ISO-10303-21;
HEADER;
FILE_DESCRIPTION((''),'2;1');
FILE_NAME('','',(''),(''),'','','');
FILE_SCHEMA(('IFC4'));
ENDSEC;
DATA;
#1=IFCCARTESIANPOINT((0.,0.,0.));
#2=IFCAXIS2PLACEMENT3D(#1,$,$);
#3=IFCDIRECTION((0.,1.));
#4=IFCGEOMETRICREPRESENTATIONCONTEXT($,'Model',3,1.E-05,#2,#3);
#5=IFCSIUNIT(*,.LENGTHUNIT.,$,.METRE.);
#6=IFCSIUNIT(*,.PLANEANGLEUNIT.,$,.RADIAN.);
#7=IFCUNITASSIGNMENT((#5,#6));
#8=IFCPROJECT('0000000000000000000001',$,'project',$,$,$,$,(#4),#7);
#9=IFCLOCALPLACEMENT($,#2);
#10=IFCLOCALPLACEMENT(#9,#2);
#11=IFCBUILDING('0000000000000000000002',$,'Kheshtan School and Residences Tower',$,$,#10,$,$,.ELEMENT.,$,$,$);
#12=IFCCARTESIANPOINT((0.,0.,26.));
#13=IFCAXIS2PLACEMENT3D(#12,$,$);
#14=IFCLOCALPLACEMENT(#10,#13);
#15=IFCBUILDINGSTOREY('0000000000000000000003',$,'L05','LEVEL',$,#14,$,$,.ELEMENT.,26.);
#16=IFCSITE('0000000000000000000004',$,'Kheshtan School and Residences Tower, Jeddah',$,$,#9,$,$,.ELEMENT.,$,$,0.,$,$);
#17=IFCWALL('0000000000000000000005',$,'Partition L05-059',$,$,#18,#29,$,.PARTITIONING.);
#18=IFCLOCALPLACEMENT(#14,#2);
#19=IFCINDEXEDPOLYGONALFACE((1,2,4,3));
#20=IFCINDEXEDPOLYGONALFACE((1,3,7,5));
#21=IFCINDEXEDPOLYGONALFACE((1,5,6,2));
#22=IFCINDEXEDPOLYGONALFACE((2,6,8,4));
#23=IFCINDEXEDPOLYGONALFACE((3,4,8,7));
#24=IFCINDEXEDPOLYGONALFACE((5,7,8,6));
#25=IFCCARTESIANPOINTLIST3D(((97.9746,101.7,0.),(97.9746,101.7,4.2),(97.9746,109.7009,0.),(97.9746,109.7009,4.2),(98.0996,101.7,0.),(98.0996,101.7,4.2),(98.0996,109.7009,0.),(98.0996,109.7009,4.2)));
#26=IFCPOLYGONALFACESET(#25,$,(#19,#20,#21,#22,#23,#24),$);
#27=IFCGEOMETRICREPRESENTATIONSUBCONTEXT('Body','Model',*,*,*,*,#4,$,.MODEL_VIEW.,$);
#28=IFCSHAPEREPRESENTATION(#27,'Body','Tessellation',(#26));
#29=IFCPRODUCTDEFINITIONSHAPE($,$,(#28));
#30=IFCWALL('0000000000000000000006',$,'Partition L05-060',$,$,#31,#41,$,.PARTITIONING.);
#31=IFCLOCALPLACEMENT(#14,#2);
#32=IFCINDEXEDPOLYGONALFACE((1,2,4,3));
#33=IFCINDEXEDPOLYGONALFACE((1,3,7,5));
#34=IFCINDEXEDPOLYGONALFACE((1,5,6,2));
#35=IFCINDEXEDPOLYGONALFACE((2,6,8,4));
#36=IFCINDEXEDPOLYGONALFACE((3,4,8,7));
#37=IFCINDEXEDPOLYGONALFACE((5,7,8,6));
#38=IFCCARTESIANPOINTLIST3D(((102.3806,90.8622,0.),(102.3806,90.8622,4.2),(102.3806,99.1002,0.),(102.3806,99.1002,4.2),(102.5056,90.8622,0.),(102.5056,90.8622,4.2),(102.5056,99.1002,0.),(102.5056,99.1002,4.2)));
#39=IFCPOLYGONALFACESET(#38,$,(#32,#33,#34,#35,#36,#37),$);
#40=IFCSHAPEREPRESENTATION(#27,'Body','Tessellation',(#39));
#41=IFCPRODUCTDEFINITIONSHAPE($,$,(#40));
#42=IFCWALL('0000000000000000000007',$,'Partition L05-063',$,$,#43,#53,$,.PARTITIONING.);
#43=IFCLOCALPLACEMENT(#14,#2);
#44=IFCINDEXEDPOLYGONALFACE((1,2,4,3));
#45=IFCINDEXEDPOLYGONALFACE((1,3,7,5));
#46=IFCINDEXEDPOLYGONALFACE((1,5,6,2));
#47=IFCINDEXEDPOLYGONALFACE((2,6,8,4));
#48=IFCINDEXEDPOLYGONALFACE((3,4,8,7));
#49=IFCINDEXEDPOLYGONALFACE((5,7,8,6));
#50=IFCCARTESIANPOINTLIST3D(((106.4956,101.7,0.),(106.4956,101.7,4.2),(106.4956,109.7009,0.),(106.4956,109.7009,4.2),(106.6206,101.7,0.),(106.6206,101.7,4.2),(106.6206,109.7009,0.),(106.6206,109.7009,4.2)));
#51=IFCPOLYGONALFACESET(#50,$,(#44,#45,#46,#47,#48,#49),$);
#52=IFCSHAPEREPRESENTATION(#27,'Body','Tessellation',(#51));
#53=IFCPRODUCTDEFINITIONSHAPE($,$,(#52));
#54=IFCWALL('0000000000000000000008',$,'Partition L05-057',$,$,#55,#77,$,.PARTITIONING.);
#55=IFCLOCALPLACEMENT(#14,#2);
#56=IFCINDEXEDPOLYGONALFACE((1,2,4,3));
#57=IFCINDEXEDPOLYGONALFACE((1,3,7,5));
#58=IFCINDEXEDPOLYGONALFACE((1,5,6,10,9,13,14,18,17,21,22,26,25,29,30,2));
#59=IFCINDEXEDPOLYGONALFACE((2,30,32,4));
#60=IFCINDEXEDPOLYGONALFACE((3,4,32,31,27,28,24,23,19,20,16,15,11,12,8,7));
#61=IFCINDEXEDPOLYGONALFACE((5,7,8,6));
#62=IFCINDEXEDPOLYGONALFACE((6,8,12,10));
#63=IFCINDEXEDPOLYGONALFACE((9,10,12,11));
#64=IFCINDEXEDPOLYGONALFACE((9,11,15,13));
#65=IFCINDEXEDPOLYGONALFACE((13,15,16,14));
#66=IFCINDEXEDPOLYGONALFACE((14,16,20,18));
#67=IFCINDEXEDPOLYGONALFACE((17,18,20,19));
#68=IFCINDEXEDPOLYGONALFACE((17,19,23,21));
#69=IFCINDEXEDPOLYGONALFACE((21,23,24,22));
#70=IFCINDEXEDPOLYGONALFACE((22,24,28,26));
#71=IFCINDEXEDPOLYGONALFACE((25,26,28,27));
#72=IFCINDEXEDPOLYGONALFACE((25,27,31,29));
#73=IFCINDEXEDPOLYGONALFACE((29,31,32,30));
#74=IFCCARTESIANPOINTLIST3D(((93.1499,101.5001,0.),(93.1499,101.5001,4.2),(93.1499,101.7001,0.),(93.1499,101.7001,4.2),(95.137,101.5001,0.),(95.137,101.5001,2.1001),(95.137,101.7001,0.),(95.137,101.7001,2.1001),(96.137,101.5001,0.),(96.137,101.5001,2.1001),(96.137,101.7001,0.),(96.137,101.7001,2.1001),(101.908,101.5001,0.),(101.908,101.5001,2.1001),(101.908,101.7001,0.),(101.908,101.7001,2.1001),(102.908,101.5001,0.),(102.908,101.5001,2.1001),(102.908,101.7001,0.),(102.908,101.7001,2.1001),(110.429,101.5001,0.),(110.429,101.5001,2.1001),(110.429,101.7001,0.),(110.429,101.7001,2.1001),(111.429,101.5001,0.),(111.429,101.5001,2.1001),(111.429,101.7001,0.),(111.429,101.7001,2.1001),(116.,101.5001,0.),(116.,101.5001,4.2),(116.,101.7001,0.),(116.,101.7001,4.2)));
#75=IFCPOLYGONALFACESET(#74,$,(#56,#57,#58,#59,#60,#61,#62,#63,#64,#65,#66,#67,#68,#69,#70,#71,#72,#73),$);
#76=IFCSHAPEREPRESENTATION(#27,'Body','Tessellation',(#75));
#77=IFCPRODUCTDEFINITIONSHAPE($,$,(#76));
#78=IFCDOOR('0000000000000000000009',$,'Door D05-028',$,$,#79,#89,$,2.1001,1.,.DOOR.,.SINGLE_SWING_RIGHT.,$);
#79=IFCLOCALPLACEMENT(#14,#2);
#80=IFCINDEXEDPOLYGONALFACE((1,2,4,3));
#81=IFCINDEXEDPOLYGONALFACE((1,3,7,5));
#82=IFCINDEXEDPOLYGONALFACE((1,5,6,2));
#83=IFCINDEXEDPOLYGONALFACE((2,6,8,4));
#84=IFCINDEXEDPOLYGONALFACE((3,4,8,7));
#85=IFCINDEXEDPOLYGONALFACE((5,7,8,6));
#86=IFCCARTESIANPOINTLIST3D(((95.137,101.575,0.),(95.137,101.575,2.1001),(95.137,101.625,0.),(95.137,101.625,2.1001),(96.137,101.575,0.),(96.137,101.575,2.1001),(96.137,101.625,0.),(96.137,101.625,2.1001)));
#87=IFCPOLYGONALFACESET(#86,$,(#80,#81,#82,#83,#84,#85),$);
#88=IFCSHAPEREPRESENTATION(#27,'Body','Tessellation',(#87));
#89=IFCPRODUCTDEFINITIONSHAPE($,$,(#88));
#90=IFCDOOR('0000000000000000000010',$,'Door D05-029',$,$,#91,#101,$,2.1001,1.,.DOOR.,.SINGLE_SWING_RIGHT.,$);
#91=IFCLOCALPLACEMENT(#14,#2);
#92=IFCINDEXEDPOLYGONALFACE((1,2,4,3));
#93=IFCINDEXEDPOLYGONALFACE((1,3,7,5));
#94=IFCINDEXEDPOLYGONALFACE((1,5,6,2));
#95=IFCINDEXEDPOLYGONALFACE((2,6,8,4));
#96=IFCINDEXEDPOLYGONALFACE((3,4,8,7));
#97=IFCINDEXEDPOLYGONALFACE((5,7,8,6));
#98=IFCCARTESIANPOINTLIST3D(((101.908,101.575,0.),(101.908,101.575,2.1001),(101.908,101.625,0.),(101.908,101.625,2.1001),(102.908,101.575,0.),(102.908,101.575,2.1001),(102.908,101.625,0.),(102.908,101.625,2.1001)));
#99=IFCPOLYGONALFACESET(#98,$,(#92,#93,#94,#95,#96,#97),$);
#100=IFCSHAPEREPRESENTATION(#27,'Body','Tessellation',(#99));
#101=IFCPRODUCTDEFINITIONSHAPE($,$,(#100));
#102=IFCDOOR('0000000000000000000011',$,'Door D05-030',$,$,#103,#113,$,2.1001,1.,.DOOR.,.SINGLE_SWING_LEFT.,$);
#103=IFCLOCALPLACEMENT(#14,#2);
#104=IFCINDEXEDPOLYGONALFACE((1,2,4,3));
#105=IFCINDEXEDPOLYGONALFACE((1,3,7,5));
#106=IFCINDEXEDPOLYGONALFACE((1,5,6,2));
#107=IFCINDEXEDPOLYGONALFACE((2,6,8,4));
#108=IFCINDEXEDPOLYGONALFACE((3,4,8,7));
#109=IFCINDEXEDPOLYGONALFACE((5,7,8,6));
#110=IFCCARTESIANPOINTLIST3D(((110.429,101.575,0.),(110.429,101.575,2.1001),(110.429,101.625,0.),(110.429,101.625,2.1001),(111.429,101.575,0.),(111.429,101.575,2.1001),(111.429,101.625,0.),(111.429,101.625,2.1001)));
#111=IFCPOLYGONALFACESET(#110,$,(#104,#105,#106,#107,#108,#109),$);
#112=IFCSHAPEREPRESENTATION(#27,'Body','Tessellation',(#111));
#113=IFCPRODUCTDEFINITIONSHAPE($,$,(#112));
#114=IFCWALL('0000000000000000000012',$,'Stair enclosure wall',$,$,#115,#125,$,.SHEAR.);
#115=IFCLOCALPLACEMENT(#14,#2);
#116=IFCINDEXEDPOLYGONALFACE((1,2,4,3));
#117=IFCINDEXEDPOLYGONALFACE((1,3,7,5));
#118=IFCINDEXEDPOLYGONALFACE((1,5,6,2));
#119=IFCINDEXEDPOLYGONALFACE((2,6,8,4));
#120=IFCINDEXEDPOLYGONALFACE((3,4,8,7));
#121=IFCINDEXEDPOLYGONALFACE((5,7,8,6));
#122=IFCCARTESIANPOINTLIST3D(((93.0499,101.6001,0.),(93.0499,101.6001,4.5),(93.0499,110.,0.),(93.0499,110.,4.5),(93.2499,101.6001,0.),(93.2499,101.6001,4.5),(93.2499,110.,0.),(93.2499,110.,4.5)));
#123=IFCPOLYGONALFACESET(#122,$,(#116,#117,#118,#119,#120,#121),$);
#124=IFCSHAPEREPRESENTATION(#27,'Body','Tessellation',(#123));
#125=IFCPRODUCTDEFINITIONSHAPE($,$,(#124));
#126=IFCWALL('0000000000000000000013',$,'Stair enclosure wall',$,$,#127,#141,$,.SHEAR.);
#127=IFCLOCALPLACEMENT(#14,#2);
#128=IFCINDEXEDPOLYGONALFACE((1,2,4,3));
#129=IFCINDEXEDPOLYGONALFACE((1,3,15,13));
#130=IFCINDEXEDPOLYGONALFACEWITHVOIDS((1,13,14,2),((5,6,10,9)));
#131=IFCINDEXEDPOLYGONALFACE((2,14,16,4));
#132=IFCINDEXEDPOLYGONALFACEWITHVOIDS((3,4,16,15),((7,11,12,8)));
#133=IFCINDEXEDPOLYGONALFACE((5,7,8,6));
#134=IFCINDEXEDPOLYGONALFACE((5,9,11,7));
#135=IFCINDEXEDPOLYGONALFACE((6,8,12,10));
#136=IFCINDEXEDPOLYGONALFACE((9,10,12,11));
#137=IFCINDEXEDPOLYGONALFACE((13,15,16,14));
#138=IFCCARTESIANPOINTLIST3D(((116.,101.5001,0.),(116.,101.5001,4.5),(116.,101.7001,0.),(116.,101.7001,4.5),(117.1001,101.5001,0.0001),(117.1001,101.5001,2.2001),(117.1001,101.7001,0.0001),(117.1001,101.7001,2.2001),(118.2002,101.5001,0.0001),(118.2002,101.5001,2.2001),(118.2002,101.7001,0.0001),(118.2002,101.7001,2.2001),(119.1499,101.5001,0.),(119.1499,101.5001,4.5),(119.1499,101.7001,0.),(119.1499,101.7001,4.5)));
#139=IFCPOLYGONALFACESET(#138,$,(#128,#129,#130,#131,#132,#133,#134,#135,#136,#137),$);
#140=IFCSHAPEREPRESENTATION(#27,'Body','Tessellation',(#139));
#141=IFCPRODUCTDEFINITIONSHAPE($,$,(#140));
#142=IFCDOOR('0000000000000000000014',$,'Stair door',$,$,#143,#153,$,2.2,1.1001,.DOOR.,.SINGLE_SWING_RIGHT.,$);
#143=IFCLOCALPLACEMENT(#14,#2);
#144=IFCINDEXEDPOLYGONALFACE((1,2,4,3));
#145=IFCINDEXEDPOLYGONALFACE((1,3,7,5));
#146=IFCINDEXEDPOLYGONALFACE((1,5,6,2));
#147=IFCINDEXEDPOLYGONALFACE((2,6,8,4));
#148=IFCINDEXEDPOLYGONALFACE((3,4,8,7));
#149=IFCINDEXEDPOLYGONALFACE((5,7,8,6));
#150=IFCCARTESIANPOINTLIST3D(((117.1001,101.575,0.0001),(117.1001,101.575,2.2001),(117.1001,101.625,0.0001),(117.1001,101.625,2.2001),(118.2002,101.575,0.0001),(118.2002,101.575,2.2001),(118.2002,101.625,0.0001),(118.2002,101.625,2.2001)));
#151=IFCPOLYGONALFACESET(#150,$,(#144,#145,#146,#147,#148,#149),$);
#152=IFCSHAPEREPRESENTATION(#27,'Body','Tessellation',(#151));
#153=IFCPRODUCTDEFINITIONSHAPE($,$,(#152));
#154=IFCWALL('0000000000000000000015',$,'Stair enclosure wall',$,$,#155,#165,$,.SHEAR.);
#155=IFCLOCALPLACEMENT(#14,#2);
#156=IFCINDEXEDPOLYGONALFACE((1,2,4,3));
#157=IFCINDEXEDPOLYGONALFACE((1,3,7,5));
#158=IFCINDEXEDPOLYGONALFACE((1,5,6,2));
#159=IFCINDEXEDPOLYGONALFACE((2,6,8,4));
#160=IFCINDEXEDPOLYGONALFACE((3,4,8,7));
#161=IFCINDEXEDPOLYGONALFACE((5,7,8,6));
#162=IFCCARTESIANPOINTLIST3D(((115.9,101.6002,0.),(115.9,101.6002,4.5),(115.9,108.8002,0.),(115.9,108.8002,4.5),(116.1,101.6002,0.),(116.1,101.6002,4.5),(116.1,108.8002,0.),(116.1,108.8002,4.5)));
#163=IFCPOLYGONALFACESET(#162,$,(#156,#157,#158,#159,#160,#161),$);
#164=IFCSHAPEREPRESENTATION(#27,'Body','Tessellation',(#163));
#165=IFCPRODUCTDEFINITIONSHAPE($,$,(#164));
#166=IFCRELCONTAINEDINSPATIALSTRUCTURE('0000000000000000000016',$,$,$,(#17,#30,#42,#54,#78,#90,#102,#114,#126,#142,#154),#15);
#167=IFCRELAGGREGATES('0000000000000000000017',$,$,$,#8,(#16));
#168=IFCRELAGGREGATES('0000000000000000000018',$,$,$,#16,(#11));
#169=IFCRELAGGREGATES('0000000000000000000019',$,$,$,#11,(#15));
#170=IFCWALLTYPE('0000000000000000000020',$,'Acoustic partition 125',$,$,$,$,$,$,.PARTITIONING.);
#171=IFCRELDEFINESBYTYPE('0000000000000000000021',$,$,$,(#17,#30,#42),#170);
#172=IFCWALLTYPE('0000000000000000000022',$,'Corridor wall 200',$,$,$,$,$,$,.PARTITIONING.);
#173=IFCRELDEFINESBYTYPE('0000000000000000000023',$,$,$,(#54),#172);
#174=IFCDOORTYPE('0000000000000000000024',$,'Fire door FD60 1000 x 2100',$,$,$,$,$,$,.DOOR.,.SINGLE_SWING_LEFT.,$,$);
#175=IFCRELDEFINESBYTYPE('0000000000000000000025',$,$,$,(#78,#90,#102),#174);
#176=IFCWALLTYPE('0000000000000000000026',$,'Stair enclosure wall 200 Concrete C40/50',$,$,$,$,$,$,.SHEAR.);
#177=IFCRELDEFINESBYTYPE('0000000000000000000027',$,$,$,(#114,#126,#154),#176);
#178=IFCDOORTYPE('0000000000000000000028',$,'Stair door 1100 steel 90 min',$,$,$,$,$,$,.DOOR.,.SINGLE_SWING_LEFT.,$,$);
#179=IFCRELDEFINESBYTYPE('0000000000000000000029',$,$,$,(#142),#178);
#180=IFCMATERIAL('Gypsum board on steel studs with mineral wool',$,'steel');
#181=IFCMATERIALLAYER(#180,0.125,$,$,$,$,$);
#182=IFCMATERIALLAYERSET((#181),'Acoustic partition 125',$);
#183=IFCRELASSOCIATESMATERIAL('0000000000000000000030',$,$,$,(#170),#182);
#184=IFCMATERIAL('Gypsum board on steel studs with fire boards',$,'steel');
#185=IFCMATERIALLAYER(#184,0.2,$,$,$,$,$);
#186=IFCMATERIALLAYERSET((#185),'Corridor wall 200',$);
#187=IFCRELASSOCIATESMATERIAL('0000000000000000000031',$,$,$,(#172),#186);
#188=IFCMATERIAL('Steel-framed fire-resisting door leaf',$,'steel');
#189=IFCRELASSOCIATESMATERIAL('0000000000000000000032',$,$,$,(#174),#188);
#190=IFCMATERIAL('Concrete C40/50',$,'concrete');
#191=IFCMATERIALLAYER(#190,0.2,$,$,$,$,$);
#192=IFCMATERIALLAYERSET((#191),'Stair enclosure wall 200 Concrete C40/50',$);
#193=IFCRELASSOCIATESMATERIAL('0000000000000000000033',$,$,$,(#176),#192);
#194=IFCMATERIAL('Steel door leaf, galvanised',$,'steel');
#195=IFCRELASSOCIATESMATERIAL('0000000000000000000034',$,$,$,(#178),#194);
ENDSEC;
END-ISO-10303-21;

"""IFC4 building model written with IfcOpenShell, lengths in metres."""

from ifc_helpers import new_model, si_unit, direction, frame, frame_2d, origin, place, context, subcontext, project, spatial, rectangle, extrude, source, transform, mapped, material, layer, layer_set, type_object, element, fill, save


model = new_model("IFC4")

# Units and contexts
model_context = context("Model", 3, precision=1e-05, world=origin(), true_north=direction((0.0, 1.0)))
body_context = subcontext(model_context, "Body", "Model", "MODEL_VIEW")
ifc_project = project(units=[si_unit("LENGTHUNIT", "METRE"), si_unit("PLANEANGLEUNIT", "RADIAN")], contexts=[model_context])

# Site, building, storey
site_placement = place(None, origin())
site = spatial("IfcSite", under=ifc_project, at=site_placement, Name="Kheshtan School and Residences Tower, Jeddah", CompositionType="ELEMENT", RefElevation=0.0)
building_placement = place(site_placement, origin())
building = spatial("IfcBuilding", under=site, at=building_placement, Name="Kheshtan School and Residences Tower", CompositionType="ELEMENT")
storey_placement = place(building_placement, frame((0.0, 0.0, 26.0)))
storey = spatial("IfcBuildingStorey", under=building, at=storey_placement, Name="L05", Description="LEVEL", CompositionType="ELEMENT", Elevation=26.0)

# Walls
ifc_material_1 = material(Name="Gypsum board on steel studs with mineral wool", Category="steel")
ifc_layer_1 = layer(ifc_material_1, 0.125)
ifc_layer_set_1 = layer_set([ifc_layer_1], Name="Acoustic partition 125")
wall_type_1 = type_object("IfcWallType", Name="Acoustic partition 125", PredefinedType="PARTITIONING", material=ifc_layer_set_1)
wall_1_placement = place(storey_placement, frame((98.0371, 101.7, 0.0), z_axis=(0.0, 0.0, 1.0), x_axis=(0.0, 1.0, 0.0)))
element("IfcWall", 1, at=wall_1_placement, inside=storey, type_object=wall_type_1, Name="Partition L05-059", PredefinedType="PARTITIONING", context=body_context, shape_type="SweptSolid", body=[
    extrude(rectangle(XDim=8.001, YDim=0.125, at=frame_2d((4.0005, 0.0))), origin(), (0.0, 0.0, 1.0), 4.2),
])
wall_2_placement = place(storey_placement, frame((102.4431, 90.8621, 0.0), z_axis=(0.0, 0.0, 1.0), x_axis=(0.0, 1.0, 0.0)))
element("IfcWall", 2, at=wall_2_placement, inside=storey, type_object=wall_type_1, Name="Partition L05-060", PredefinedType="PARTITIONING", context=body_context, shape_type="SweptSolid", body=[
    extrude(rectangle(XDim=8.238, YDim=0.125, at=frame_2d((4.1191, 0.0))), origin(), (0.0, 0.0, 1.0), 4.2),
])
wall_3_placement = place(storey_placement, frame((106.5581, 101.7, 0.0), z_axis=(0.0, 0.0, 1.0), x_axis=(0.0, 1.0, 0.0)))
element("IfcWall", 3, at=wall_3_placement, inside=storey, type_object=wall_type_1, Name="Partition L05-063", PredefinedType="PARTITIONING", context=body_context, shape_type="SweptSolid", body=[
    extrude(rectangle(XDim=8.001, YDim=0.125, at=frame_2d((4.0005, 0.0))), origin(), (0.0, 0.0, 1.0), 4.2),
])

# Wall, openings, doors
ifc_material_2 = material(Name="Gypsum board on steel studs with fire boards", Category="steel")
ifc_layer_2 = layer(ifc_material_2, 0.2)
ifc_layer_set_2 = layer_set([ifc_layer_2], Name="Corridor wall 200")
wall_type_2 = type_object("IfcWallType", Name="Corridor wall 200", PredefinedType="PARTITIONING", material=ifc_layer_set_2)
wall_4_placement = place(storey_placement, frame((93.1499, 101.6001, 0.0), z_axis=(0.0, 0.0, 1.0), x_axis=(1.0, 0.0, 0.0)))
wall_4 = element("IfcWall", 4, at=wall_4_placement, inside=storey, type_object=wall_type_2, Name="Partition L05-057", PredefinedType="PARTITIONING", context=body_context, shape_type="SweptSolid", body=[
    extrude(rectangle(XDim=22.8501, YDim=0.2, at=frame_2d((11.425, 0.0))), origin(), (0.0, 0.0, 1.0), 4.2),
])
opening_1_placement = place(wall_4_placement, frame((1.9871, 0.0, 0.0)))
opening_1 = element("IfcOpeningElement", 5, at=opening_1_placement, cuts=wall_4, PredefinedType="OPENING", context=body_context, shape_type="SweptSolid", body=[
    extrude(rectangle(XDim=1.0, YDim=2.1001, at=frame_2d((0.5, 1.05))), frame((0.0, 0.1099, 0.0), z_axis=(0.0, -1.0, 0.0), x_axis=(1.0, 0.0, 0.0)), (0.0, 0.0, 1.0), 0.22),
])
opening_2_placement = place(wall_4_placement, frame((8.7581, 0.0, 0.0)))
opening_2 = element("IfcOpeningElement", 6, at=opening_2_placement, cuts=wall_4, PredefinedType="OPENING", context=body_context, shape_type="SweptSolid", body=[
    extrude(rectangle(XDim=1.0, YDim=2.1001, at=frame_2d((0.5, 1.05))), frame((0.0, 0.1099, 0.0), z_axis=(0.0, -1.0, 0.0), x_axis=(1.0, 0.0, 0.0)), (0.0, 0.0, 1.0), 0.22),
])
opening_3_placement = place(wall_4_placement, frame((17.2791, 0.0, 0.0)))
opening_3 = element("IfcOpeningElement", 7, at=opening_3_placement, cuts=wall_4, PredefinedType="OPENING", context=body_context, shape_type="SweptSolid", body=[
    extrude(rectangle(XDim=1.0, YDim=2.1001, at=frame_2d((0.5, 1.05))), frame((0.0, 0.1099, 0.0), z_axis=(0.0, -1.0, 0.0), x_axis=(1.0, 0.0, 0.0)), (0.0, 0.0, 1.0), 0.22),
])
ifc_material_3 = material(Name="Steel-framed fire-resisting door leaf", Category="steel")
door_type_1 = type_object("IfcDoorType", Name="Fire door FD60 1000 x 2100", OperationType="SINGLE_SWING_LEFT", PredefinedType="DOOR", material=ifc_material_3)
shared_shape_1 = source(origin(), body_context, "Body", "SweptSolid", [
    extrude(rectangle(XDim=1.0, YDim=2.1001, at=frame_2d((0.5, 1.05))), frame((0.0, 0.0249, 0.0), z_axis=(0.0, -1.0, 0.0), x_axis=(1.0, 0.0, 0.0)), (0.0, 0.0, 1.0), 0.05),
])
door_1_placement = place(opening_1_placement, origin())
door_1 = element("IfcDoor", 8, at=door_1_placement, inside=storey, type_object=door_type_1, Name="Door D05-028", OperationType="SINGLE_SWING_RIGHT", OverallHeight=2.1001, OverallWidth=1.0, PredefinedType="DOOR", context=body_context, shape_type="MappedRepresentation", body=[
    mapped(shared_shape_1, transform((0.0, 0.0, 0.0), x_axis=(1.0, 0.0, 0.0), y_axis=(0.0, 1.0, 0.0), z_axis=(0.0, 0.0, 1.0), scale=1.0)),
])
fill(opening_1, door_1)
door_2_placement = place(opening_2_placement, origin())
door_2 = element("IfcDoor", 9, at=door_2_placement, inside=storey, type_object=door_type_1, Name="Door D05-029", OperationType="SINGLE_SWING_RIGHT", OverallHeight=2.1001, OverallWidth=1.0, PredefinedType="DOOR", context=body_context, shape_type="MappedRepresentation", body=[
    mapped(shared_shape_1, transform((0.0, 0.0, 0.0), x_axis=(1.0, 0.0, 0.0), y_axis=(0.0, 1.0, 0.0), z_axis=(0.0, 0.0, 1.0), scale=1.0)),
])
fill(opening_2, door_2)
door_3_placement = place(opening_3_placement, origin())
door_3 = element("IfcDoor", 10, at=door_3_placement, inside=storey, type_object=door_type_1, Name="Door D05-030", OperationType="SINGLE_SWING_LEFT", OverallHeight=2.1001, OverallWidth=1.0, PredefinedType="DOOR", context=body_context, shape_type="MappedRepresentation", body=[
    mapped(shared_shape_1, transform((0.0, 0.0, 0.0), x_axis=(1.0, 0.0, 0.0), y_axis=(0.0, 1.0, 0.0), z_axis=(0.0, 0.0, 1.0), scale=1.0)),
])
fill(opening_3, door_3)

# Wall
ifc_material_4 = material(Name="Concrete C40/50", Category="concrete")
ifc_layer_3 = layer(ifc_material_4, 0.2)
ifc_layer_set_3 = layer_set([ifc_layer_3], Name="Stair enclosure wall 200 Concrete C40/50")
wall_type_3 = type_object("IfcWallType", Name="Stair enclosure wall 200 Concrete C40/50", PredefinedType="SHEAR", material=ifc_layer_set_3)
wall_5_placement = place(storey_placement, frame((93.1499, 101.6001, 0.0), z_axis=(0.0, 0.0, 1.0), x_axis=(0.0, 1.0, 0.0)))
element("IfcWall", 11, at=wall_5_placement, inside=storey, type_object=wall_type_3, Name="Stair enclosure wall", PredefinedType="SHEAR", context=body_context, shape_type="SweptSolid", body=[
    extrude(rectangle(XDim=8.3999, YDim=0.2, at=frame_2d((4.2, 0.0))), origin(), (0.0, 0.0, 1.0), 4.5),
])

# Wall, opening, door
wall_6_placement = place(storey_placement, frame((116.0, 101.6001, 0.0), z_axis=(0.0, 0.0, 1.0), x_axis=(1.0, 0.0, 0.0)))
wall_6 = element("IfcWall", 12, at=wall_6_placement, inside=storey, type_object=wall_type_3, Name="Stair enclosure wall", PredefinedType="SHEAR", context=body_context, shape_type="SweptSolid", body=[
    extrude(rectangle(XDim=3.1499, YDim=0.2, at=frame_2d((1.575, 0.0))), origin(), (0.0, 0.0, 1.0), 4.5),
])
opening_4_placement = place(wall_6_placement, frame((1.1001, 0.0, 0.0)))
opening_4 = element("IfcOpeningElement", 13, at=opening_4_placement, cuts=wall_6, PredefinedType="OPENING", context=body_context, shape_type="SweptSolid", body=[
    extrude(rectangle(XDim=1.1001, YDim=2.2, at=frame_2d((0.55, 1.1001))), frame((0.0, 0.1099, 0.0), z_axis=(0.0, -1.0, 0.0), x_axis=(1.0, 0.0, 0.0)), (0.0, 0.0, 1.0), 0.22),
])
ifc_material_5 = material(Name="Steel door leaf, galvanised", Category="steel")
door_type_2 = type_object("IfcDoorType", Name="Stair door 1100 steel 90 min", OperationType="SINGLE_SWING_LEFT", PredefinedType="DOOR", material=ifc_material_5)
shared_shape_2 = source(origin(), body_context, "Body", "SweptSolid", [
    extrude(rectangle(XDim=1.1001, YDim=2.2, at=frame_2d((0.55, 1.1001))), frame((0.0, 0.0249, 0.0), z_axis=(0.0, -1.0, 0.0), x_axis=(1.0, 0.0, 0.0)), (0.0, 0.0, 1.0), 0.05),
])
door_4_placement = place(opening_4_placement, origin())
door_4 = element("IfcDoor", 14, at=door_4_placement, inside=storey, type_object=door_type_2, Name="Stair door", OperationType="SINGLE_SWING_RIGHT", OverallHeight=2.2, OverallWidth=1.1001, PredefinedType="DOOR", context=body_context, shape_type="MappedRepresentation", body=[
    mapped(shared_shape_2, transform((0.0, 0.0, 0.0), x_axis=(1.0, 0.0, 0.0), y_axis=(0.0, 1.0, 0.0), z_axis=(0.0, 0.0, 1.0), scale=1.0)),
])
fill(opening_4, door_4)

# Wall
wall_7_placement = place(storey_placement, frame((116.0, 101.6001, 0.0), z_axis=(0.0, 0.0, 1.0), x_axis=(0.0, 1.0, 0.0)))
element("IfcWall", 15, at=wall_7_placement, inside=storey, type_object=wall_type_3, Name="Stair enclosure wall", PredefinedType="SHEAR", context=body_context, shape_type="SweptSolid", body=[
    extrude(rectangle(XDim=7.2, YDim=0.2, at=frame_2d((3.6001, 0.0))), origin(), (0.0, 0.0, 1.0), 4.5),
])

save(model, "model.ifc")
